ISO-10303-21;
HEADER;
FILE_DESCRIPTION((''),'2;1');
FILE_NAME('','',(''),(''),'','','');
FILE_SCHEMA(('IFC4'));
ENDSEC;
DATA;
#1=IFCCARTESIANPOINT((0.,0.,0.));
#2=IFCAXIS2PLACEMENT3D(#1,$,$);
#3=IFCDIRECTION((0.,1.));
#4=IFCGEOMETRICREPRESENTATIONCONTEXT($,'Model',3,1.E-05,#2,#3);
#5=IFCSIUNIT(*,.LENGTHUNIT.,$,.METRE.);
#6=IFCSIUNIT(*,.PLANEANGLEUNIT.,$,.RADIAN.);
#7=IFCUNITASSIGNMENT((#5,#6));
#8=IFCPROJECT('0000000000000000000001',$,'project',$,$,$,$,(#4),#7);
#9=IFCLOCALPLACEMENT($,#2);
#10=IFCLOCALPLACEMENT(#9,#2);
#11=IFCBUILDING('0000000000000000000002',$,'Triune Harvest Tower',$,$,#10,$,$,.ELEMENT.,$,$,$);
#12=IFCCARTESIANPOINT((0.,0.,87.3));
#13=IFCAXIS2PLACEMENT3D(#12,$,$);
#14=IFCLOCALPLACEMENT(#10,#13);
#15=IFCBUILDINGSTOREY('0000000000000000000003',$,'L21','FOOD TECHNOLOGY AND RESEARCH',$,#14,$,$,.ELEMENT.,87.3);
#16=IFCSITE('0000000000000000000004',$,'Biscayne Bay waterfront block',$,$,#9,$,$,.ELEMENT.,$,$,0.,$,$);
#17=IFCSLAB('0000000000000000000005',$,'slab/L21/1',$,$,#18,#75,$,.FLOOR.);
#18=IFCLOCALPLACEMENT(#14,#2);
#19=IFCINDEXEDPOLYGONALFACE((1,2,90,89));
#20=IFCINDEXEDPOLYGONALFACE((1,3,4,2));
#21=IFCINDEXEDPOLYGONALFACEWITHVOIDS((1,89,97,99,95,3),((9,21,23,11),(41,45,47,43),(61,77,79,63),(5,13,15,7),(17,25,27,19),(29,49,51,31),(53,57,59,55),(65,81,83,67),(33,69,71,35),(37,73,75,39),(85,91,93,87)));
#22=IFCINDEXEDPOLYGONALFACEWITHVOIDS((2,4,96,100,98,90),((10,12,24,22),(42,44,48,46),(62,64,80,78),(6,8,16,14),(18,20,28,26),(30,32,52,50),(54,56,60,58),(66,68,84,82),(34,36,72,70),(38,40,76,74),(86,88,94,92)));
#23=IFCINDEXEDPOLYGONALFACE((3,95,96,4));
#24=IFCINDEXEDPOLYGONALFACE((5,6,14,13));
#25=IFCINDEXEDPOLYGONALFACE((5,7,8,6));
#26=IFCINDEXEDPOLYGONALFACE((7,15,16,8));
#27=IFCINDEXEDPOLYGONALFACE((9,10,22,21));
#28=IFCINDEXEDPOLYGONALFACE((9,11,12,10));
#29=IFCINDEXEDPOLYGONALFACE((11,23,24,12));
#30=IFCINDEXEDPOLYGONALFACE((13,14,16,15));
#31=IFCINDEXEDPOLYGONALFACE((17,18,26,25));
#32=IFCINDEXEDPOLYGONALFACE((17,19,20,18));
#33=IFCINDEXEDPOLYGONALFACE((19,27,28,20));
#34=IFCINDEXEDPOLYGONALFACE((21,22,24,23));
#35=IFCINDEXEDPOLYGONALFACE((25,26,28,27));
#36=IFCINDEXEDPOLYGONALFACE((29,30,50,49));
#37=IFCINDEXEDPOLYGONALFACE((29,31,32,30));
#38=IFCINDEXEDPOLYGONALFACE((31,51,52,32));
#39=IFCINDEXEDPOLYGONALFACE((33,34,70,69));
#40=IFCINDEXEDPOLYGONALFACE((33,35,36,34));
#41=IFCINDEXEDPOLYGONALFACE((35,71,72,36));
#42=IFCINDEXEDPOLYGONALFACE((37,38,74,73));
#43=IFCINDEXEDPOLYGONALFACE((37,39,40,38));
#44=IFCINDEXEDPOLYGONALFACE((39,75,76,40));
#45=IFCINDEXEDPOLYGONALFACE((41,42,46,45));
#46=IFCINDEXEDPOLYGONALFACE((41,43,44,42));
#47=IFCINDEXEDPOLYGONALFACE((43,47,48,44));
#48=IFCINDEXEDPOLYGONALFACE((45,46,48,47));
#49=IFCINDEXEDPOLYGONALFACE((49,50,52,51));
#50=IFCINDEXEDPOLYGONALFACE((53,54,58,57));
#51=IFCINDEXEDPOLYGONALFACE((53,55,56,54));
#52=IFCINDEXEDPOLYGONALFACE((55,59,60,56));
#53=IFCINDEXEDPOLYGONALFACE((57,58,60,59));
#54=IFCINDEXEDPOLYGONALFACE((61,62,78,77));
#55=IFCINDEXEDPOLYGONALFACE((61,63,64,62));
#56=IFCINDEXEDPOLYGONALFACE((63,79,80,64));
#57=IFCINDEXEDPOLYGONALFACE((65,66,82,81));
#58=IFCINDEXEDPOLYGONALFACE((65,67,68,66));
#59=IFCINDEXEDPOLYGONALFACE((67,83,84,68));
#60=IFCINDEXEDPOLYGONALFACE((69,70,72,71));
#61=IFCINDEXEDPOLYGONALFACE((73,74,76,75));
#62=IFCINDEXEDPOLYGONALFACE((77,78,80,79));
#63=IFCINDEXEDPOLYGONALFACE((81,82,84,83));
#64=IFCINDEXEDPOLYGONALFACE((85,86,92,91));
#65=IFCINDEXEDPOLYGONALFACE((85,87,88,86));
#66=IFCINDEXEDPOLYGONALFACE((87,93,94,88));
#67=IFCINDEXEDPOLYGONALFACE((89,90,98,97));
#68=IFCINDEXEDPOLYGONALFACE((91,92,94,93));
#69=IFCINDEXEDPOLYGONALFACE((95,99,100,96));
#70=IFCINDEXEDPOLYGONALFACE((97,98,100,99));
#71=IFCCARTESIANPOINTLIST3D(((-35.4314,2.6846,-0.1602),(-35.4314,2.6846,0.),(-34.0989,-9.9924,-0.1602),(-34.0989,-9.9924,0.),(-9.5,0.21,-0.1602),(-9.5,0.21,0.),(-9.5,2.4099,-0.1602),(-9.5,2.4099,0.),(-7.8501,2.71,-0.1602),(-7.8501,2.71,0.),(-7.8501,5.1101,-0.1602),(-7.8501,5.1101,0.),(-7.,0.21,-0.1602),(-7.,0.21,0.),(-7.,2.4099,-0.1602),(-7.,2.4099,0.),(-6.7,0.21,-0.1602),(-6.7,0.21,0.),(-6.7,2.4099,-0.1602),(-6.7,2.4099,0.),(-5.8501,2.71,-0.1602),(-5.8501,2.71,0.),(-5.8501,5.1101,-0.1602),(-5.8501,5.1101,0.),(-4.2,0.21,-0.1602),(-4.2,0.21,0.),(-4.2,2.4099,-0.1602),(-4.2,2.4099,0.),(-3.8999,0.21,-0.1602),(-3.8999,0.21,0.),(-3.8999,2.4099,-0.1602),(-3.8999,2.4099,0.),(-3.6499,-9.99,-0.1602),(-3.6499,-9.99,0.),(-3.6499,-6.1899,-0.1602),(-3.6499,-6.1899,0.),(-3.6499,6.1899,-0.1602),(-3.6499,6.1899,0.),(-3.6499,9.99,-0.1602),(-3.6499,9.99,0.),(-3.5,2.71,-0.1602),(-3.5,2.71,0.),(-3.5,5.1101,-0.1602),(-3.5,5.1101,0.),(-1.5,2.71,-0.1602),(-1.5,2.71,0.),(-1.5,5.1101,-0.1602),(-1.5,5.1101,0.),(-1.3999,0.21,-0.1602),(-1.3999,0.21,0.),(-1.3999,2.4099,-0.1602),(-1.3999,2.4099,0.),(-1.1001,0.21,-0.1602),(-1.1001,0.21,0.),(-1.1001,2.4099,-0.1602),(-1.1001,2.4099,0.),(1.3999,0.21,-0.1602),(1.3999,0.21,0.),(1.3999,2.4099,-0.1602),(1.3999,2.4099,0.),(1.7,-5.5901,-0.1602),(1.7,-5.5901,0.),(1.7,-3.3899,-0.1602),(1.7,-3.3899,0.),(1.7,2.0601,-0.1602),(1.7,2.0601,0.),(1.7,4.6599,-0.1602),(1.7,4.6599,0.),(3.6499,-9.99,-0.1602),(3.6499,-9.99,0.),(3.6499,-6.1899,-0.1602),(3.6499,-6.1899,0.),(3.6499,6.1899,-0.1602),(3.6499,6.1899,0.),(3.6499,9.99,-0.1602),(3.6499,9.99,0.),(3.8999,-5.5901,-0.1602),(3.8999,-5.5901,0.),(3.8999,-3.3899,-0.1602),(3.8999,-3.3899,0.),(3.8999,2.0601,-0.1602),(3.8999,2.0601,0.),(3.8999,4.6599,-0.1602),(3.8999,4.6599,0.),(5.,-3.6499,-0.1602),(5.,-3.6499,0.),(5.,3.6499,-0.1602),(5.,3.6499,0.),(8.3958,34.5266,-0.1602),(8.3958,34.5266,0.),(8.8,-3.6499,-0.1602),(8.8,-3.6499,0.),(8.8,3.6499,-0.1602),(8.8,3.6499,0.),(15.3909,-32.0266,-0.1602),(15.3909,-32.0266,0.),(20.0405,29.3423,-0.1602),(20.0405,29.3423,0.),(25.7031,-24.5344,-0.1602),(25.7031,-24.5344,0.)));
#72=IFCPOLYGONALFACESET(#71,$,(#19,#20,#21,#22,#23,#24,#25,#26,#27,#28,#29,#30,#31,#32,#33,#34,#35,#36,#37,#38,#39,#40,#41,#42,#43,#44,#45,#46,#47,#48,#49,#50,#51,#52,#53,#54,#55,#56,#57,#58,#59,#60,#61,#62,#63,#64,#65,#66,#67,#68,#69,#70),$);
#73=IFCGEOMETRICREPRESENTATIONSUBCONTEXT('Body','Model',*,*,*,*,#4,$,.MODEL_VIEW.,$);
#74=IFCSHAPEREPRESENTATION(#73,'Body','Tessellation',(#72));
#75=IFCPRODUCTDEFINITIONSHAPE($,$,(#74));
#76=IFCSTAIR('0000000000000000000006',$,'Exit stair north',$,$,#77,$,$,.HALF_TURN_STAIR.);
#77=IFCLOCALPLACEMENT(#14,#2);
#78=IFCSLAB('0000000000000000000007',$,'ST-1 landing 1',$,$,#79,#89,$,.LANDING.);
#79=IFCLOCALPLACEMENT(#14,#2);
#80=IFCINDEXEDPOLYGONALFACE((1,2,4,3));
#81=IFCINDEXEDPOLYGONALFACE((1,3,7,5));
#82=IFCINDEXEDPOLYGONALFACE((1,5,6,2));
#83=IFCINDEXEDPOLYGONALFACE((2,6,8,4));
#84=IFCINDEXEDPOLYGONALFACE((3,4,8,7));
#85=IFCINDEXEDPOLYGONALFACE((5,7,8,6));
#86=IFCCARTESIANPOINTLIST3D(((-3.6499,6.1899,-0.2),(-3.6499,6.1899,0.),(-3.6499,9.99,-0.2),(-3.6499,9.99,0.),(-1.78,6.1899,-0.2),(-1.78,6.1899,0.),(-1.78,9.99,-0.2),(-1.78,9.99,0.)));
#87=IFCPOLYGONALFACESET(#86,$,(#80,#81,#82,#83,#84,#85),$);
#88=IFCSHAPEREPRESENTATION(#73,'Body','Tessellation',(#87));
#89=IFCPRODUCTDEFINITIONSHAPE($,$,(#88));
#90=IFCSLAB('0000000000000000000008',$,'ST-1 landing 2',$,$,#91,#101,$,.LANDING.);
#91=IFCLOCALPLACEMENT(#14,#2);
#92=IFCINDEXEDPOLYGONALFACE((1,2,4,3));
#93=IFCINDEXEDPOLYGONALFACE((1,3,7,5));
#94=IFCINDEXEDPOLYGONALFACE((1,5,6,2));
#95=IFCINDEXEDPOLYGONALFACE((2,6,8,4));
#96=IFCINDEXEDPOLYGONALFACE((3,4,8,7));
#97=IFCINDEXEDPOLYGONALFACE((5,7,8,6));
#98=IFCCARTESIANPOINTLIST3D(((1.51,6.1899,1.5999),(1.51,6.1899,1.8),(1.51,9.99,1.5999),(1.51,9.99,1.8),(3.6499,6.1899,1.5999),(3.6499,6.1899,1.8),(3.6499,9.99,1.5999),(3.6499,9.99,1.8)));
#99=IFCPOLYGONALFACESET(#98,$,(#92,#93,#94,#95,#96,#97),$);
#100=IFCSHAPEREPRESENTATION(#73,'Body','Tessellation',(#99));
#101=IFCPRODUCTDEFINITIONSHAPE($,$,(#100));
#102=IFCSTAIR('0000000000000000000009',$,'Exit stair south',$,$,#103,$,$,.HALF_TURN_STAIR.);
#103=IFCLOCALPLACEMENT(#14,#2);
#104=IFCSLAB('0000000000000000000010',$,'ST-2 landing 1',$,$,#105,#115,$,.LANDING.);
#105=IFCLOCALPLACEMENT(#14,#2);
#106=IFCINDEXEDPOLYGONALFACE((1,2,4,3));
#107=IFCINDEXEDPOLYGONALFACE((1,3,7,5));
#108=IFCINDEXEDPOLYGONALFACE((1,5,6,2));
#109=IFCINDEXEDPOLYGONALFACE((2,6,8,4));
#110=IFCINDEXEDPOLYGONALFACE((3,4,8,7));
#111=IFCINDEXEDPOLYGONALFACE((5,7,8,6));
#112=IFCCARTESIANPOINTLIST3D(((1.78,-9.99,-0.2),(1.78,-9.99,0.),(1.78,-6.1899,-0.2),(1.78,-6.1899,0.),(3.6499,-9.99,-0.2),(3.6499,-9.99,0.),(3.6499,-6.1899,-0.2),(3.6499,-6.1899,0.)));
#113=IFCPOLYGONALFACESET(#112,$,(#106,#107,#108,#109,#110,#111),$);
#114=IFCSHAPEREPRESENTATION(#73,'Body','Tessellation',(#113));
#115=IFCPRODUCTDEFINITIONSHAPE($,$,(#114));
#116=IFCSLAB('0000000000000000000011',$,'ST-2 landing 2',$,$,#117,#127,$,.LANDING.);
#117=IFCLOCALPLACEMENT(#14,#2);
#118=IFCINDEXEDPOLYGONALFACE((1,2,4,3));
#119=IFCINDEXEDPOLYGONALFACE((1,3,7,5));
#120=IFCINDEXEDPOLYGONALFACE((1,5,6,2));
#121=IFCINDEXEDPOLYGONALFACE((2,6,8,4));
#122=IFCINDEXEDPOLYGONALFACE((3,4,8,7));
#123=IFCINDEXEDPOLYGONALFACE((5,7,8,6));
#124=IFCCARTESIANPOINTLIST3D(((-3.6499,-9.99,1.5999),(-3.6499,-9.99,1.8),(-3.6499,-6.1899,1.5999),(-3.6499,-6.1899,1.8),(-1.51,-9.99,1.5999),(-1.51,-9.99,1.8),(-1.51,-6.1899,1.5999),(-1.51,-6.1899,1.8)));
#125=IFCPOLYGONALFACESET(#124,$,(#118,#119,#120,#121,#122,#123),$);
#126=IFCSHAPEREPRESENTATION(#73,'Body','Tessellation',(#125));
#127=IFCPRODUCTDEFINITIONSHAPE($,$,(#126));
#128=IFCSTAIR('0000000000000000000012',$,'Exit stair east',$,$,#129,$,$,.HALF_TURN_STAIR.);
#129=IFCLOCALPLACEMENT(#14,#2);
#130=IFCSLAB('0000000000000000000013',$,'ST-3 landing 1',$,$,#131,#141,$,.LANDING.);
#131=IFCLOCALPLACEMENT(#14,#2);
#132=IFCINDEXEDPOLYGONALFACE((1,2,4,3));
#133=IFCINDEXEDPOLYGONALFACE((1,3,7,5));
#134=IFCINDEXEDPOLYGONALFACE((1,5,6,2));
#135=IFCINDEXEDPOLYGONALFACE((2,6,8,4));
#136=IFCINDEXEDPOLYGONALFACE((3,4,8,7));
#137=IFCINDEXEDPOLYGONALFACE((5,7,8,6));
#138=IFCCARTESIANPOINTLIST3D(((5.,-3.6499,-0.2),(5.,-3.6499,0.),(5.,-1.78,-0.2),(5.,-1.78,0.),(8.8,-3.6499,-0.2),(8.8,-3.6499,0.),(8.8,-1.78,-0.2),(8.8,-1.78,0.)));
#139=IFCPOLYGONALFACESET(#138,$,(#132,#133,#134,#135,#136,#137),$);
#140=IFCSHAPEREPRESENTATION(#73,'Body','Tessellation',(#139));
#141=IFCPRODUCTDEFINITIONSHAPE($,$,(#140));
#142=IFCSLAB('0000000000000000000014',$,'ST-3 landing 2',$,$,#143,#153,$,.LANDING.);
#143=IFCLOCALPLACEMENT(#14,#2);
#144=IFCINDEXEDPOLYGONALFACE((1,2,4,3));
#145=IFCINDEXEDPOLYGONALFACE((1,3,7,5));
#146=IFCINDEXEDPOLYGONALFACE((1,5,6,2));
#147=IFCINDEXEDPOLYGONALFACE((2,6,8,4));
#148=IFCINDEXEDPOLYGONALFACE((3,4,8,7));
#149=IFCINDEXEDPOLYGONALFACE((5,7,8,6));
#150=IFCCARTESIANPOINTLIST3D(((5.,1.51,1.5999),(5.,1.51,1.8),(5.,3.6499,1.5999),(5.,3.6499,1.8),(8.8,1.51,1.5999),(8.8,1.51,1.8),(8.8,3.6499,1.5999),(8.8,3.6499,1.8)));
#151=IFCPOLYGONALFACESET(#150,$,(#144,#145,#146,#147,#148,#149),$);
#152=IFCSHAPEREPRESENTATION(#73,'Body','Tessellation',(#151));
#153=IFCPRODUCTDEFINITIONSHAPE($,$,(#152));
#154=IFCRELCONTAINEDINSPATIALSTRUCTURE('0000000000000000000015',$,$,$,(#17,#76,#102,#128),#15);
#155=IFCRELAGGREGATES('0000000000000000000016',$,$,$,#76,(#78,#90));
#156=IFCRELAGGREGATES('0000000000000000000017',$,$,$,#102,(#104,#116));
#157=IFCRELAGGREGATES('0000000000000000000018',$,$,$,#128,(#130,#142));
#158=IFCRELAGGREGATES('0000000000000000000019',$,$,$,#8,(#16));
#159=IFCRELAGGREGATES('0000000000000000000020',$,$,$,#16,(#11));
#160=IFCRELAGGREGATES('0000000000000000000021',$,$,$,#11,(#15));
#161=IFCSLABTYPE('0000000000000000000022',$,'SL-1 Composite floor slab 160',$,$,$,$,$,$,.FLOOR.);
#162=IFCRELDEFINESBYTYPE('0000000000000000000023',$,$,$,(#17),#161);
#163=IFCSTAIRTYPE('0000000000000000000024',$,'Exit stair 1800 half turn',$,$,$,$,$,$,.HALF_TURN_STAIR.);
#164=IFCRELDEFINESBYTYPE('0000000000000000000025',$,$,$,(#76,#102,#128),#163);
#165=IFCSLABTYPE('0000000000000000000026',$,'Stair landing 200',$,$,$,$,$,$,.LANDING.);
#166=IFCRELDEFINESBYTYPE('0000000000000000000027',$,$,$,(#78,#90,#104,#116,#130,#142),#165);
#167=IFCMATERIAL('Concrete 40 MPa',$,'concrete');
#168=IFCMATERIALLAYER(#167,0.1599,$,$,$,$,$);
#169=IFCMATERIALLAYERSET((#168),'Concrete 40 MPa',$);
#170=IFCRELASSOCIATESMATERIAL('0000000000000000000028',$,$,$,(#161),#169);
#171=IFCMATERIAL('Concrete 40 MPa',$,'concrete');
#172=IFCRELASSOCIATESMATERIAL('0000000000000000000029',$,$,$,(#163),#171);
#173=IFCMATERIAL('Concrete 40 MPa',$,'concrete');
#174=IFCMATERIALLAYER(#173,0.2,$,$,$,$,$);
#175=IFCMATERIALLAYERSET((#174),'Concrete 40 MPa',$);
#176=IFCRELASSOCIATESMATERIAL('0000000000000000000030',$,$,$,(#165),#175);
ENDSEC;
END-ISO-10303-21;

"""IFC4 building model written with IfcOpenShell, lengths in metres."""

from ifc_helpers import new_model, si_unit, direction, frame, origin, place, context, subcontext, project, spatial, polyline, outline, extrude, source, transform, mapped, material, layer, layer_set, type_object, element, aggregate, save


model = new_model("IFC4")

# Units and contexts
model_context = context("Model", 3, precision=1e-05, world=origin(), true_north=direction((0.0, 1.0)))
body_context = subcontext(model_context, "Body", "Model", "MODEL_VIEW")
ifc_project = project(units=[si_unit("LENGTHUNIT", "METRE"), si_unit("PLANEANGLEUNIT", "RADIAN")], contexts=[model_context])

# Site, building, storey
site_placement = place(None, origin())
site = spatial("IfcSite", under=ifc_project, at=site_placement, Name="Biscayne Bay waterfront block", CompositionType="ELEMENT", RefElevation=0.0)
building_placement = place(site_placement, origin())
building = spatial("IfcBuilding", under=site, at=building_placement, Name="Triune Harvest Tower", CompositionType="ELEMENT")
storey_placement = place(building_placement, frame((0.0, 0.0, 87.3)))
storey = spatial("IfcBuildingStorey", under=building, at=storey_placement, Name="L21", Description="FOOD TECHNOLOGY AND RESEARCH", CompositionType="ELEMENT", Elevation=87.3)

# Slab
ifc_material_1 = material(Name="Concrete 40 MPa", Category="concrete")
ifc_layer_1 = layer(ifc_material_1, 0.1599)
ifc_layer_set_1 = layer_set([ifc_layer_1], Name="Concrete 40 MPa")
slab_type_1 = type_object("IfcSlabType", Name="SL-1 Composite floor slab 160", PredefinedType="FLOOR", material=ifc_layer_set_1)
shared_shape_1 = source(origin(), body_context, "Body", "SweptSolid", [
    extrude(outline(polyline([(25.7031, -24.5344), (20.0405, 29.3423), (8.3958, 34.5266), (-35.4314, 2.6846), (-34.0989, -9.9924), (15.3909, -32.0266), (25.7031, -24.5344)]), holes=[polyline([(-7.0, 0.21), (-7.0, 2.4099), (-9.5, 2.4099), (-9.5, 0.21), (-7.0, 0.21)]), polyline([(-4.2, 0.21), (-4.2, 2.4099), (-6.7, 2.4099), (-6.7, 0.21), (-4.2, 0.21)]), polyline([(-1.3999, 0.21), (-1.3999, 2.4099), (-3.8999, 2.4099), (-3.8999, 0.21), (-1.3999, 0.21)]), polyline([(1.3999, 0.21), (1.3999, 2.4099), (-1.1001, 2.4099), (-1.1001, 0.21), (1.3999, 0.21)]), polyline([(3.8999, 2.0601), (3.8999, 4.6599), (1.7, 4.6599), (1.7, 2.0601), (3.8999, 2.0601)]), polyline([(3.8999, -5.5901), (3.8999, -3.3899), (1.7, -3.3899), (1.7, -5.5901), (3.8999, -5.5901)]), polyline([(-5.8501, 2.71), (-5.8501, 5.1101), (-7.8501, 5.1101), (-7.8501, 2.71), (-5.8501, 2.71)]), polyline([(-1.5, 2.71), (-1.5, 5.1101), (-3.5, 5.1101), (-3.5, 2.71), (-1.5, 2.71)]), polyline([(3.6499, 6.1899), (3.6499, 9.99), (-3.6499, 9.99), (-3.6499, 6.1899), (3.6499, 6.1899)]), polyline([(3.6499, -9.99), (3.6499, -6.1899), (-3.6499, -6.1899), (-3.6499, -9.99), (3.6499, -9.99)]), polyline([(8.8, -3.6499), (8.8, 3.6499), (5.0, 3.6499), (5.0, -3.6499), (8.8, -3.6499)])]), origin(), (0.0, 0.0, 1.0), 0.1602),
])
slab_1_placement = place(storey_placement, frame((0.0, 0.0, -0.1602)))
element("IfcSlab", 1, at=slab_1_placement, inside=storey, type_object=slab_type_1, Name="slab/L21/1", PredefinedType="FLOOR", context=body_context, shape_type="MappedRepresentation", body=[
    mapped(shared_shape_1, transform((0.0, 0.0, 0.0), scale=1.0)),
])

# Stairs, slabs
ifc_material_2 = material(Name="Concrete 40 MPa", Category="concrete")
stair_type = type_object("IfcStairType", Name="Exit stair 1800 half turn", PredefinedType="HALF_TURN_STAIR", material=ifc_material_2)
stair_1_placement = place(storey_placement, origin())
stair_1 = element("IfcStair", 2, at=stair_1_placement, inside=storey, type_object=stair_type, Name="Exit stair north", PredefinedType="HALF_TURN_STAIR")
ifc_material_3 = material(Name="Concrete 40 MPa", Category="concrete")
ifc_layer_2 = layer(ifc_material_3, 0.2)
ifc_layer_set_2 = layer_set([ifc_layer_2], Name="Concrete 40 MPa")
slab_type_2 = type_object("IfcSlabType", Name="Stair landing 200", PredefinedType="LANDING", material=ifc_layer_set_2)
shared_shape_2 = source(origin(), body_context, "Body", "SweptSolid", [
    extrude(outline(polyline([(-3.6499, 6.1899), (-1.78, 6.1899), (-1.78, 9.99), (-3.6499, 9.99), (-3.6499, 6.1899)])), origin(), (0.0, 0.0, 1.0), 0.2),
])
slab_2_placement = place(storey_placement, frame((0.0, 0.0, -0.2)))
slab_2 = element("IfcSlab", 3, at=slab_2_placement, type_object=slab_type_2, Name="ST-1 landing 1", PredefinedType="LANDING", context=body_context, shape_type="MappedRepresentation", body=[
    mapped(shared_shape_2, transform((0.0, 0.0, 0.0), scale=1.0)),
])
shared_shape_3 = source(origin(), body_context, "Body", "SweptSolid", [
    extrude(outline(polyline([(1.51, 6.1899), (3.6499, 6.1899), (3.6499, 9.99), (1.51, 9.99), (1.51, 6.1899)])), origin(), (0.0, 0.0, 1.0), 0.2002),
])
slab_3_placement = place(storey_placement, frame((0.0, 0.0, 1.5999)))
slab_3 = element("IfcSlab", 4, at=slab_3_placement, type_object=slab_type_2, Name="ST-1 landing 2", PredefinedType="LANDING", context=body_context, shape_type="MappedRepresentation", body=[
    mapped(shared_shape_3, transform((0.0, 0.0, 0.0), scale=1.0)),
])
aggregate(stair_1, [slab_2, slab_3])
stair_2_placement = place(storey_placement, origin())
stair_2 = element("IfcStair", 5, at=stair_2_placement, inside=storey, type_object=stair_type, Name="Exit stair south", PredefinedType="HALF_TURN_STAIR")
shared_shape_4 = source(origin(), body_context, "Body", "SweptSolid", [
    extrude(outline(polyline([(3.6499, -6.1899), (1.78, -6.1899), (1.78, -9.99), (3.6499, -9.99), (3.6499, -6.1899)])), origin(), (0.0, 0.0, 1.0), 0.2),
])
slab_4_placement = place(storey_placement, frame((0.0, 0.0, -0.2)))
slab_4 = element("IfcSlab", 6, at=slab_4_placement, type_object=slab_type_2, Name="ST-2 landing 1", PredefinedType="LANDING", context=body_context, shape_type="MappedRepresentation", body=[
    mapped(shared_shape_4, transform((0.0, 0.0, 0.0), scale=1.0)),
])
shared_shape_5 = source(origin(), body_context, "Body", "SweptSolid", [
    extrude(outline(polyline([(-1.51, -6.1899), (-3.6499, -6.1899), (-3.6499, -9.99), (-1.51, -9.99), (-1.51, -6.1899)])), origin(), (0.0, 0.0, 1.0), 0.2002),
])
slab_5_placement = place(storey_placement, frame((0.0, 0.0, 1.5999)))
slab_5 = element("IfcSlab", 7, at=slab_5_placement, type_object=slab_type_2, Name="ST-2 landing 2", PredefinedType="LANDING", context=body_context, shape_type="MappedRepresentation", body=[
    mapped(shared_shape_5, transform((0.0, 0.0, 0.0), scale=1.0)),
])
aggregate(stair_2, [slab_4, slab_5])
stair_3_placement = place(storey_placement, origin())
stair_3 = element("IfcStair", 8, at=stair_3_placement, inside=storey, type_object=stair_type, Name="Exit stair east", PredefinedType="HALF_TURN_STAIR")
shared_shape_6 = source(origin(), body_context, "Body", "SweptSolid", [
    extrude(outline(polyline([(8.8, -3.6499), (8.8, -1.78), (5.0, -1.78), (5.0, -3.6499), (8.8, -3.6499)])), origin(), (0.0, 0.0, 1.0), 0.2),
])
slab_6_placement = place(storey_placement, frame((0.0, 0.0, -0.2)))
slab_6 = element("IfcSlab", 9, at=slab_6_placement, type_object=slab_type_2, Name="ST-3 landing 1", PredefinedType="LANDING", context=body_context, shape_type="MappedRepresentation", body=[
    mapped(shared_shape_6, transform((0.0, 0.0, 0.0), scale=1.0)),
])
shared_shape_7 = source(origin(), body_context, "Body", "SweptSolid", [
    extrude(outline(polyline([(8.8, 1.51), (8.8, 3.6499), (5.0, 3.6499), (5.0, 1.51), (8.8, 1.51)])), origin(), (0.0, 0.0, 1.0), 0.2002),
])
slab_7_placement = place(storey_placement, frame((0.0, 0.0, 1.5999)))
slab_7 = element("IfcSlab", 10, at=slab_7_placement, type_object=slab_type_2, Name="ST-3 landing 2", PredefinedType="LANDING", context=body_context, shape_type="MappedRepresentation", body=[
    mapped(shared_shape_7, transform((0.0, 0.0, 0.0), scale=1.0)),
])
aggregate(stair_3, [slab_6, slab_7])

save(model, "model.ifc")
